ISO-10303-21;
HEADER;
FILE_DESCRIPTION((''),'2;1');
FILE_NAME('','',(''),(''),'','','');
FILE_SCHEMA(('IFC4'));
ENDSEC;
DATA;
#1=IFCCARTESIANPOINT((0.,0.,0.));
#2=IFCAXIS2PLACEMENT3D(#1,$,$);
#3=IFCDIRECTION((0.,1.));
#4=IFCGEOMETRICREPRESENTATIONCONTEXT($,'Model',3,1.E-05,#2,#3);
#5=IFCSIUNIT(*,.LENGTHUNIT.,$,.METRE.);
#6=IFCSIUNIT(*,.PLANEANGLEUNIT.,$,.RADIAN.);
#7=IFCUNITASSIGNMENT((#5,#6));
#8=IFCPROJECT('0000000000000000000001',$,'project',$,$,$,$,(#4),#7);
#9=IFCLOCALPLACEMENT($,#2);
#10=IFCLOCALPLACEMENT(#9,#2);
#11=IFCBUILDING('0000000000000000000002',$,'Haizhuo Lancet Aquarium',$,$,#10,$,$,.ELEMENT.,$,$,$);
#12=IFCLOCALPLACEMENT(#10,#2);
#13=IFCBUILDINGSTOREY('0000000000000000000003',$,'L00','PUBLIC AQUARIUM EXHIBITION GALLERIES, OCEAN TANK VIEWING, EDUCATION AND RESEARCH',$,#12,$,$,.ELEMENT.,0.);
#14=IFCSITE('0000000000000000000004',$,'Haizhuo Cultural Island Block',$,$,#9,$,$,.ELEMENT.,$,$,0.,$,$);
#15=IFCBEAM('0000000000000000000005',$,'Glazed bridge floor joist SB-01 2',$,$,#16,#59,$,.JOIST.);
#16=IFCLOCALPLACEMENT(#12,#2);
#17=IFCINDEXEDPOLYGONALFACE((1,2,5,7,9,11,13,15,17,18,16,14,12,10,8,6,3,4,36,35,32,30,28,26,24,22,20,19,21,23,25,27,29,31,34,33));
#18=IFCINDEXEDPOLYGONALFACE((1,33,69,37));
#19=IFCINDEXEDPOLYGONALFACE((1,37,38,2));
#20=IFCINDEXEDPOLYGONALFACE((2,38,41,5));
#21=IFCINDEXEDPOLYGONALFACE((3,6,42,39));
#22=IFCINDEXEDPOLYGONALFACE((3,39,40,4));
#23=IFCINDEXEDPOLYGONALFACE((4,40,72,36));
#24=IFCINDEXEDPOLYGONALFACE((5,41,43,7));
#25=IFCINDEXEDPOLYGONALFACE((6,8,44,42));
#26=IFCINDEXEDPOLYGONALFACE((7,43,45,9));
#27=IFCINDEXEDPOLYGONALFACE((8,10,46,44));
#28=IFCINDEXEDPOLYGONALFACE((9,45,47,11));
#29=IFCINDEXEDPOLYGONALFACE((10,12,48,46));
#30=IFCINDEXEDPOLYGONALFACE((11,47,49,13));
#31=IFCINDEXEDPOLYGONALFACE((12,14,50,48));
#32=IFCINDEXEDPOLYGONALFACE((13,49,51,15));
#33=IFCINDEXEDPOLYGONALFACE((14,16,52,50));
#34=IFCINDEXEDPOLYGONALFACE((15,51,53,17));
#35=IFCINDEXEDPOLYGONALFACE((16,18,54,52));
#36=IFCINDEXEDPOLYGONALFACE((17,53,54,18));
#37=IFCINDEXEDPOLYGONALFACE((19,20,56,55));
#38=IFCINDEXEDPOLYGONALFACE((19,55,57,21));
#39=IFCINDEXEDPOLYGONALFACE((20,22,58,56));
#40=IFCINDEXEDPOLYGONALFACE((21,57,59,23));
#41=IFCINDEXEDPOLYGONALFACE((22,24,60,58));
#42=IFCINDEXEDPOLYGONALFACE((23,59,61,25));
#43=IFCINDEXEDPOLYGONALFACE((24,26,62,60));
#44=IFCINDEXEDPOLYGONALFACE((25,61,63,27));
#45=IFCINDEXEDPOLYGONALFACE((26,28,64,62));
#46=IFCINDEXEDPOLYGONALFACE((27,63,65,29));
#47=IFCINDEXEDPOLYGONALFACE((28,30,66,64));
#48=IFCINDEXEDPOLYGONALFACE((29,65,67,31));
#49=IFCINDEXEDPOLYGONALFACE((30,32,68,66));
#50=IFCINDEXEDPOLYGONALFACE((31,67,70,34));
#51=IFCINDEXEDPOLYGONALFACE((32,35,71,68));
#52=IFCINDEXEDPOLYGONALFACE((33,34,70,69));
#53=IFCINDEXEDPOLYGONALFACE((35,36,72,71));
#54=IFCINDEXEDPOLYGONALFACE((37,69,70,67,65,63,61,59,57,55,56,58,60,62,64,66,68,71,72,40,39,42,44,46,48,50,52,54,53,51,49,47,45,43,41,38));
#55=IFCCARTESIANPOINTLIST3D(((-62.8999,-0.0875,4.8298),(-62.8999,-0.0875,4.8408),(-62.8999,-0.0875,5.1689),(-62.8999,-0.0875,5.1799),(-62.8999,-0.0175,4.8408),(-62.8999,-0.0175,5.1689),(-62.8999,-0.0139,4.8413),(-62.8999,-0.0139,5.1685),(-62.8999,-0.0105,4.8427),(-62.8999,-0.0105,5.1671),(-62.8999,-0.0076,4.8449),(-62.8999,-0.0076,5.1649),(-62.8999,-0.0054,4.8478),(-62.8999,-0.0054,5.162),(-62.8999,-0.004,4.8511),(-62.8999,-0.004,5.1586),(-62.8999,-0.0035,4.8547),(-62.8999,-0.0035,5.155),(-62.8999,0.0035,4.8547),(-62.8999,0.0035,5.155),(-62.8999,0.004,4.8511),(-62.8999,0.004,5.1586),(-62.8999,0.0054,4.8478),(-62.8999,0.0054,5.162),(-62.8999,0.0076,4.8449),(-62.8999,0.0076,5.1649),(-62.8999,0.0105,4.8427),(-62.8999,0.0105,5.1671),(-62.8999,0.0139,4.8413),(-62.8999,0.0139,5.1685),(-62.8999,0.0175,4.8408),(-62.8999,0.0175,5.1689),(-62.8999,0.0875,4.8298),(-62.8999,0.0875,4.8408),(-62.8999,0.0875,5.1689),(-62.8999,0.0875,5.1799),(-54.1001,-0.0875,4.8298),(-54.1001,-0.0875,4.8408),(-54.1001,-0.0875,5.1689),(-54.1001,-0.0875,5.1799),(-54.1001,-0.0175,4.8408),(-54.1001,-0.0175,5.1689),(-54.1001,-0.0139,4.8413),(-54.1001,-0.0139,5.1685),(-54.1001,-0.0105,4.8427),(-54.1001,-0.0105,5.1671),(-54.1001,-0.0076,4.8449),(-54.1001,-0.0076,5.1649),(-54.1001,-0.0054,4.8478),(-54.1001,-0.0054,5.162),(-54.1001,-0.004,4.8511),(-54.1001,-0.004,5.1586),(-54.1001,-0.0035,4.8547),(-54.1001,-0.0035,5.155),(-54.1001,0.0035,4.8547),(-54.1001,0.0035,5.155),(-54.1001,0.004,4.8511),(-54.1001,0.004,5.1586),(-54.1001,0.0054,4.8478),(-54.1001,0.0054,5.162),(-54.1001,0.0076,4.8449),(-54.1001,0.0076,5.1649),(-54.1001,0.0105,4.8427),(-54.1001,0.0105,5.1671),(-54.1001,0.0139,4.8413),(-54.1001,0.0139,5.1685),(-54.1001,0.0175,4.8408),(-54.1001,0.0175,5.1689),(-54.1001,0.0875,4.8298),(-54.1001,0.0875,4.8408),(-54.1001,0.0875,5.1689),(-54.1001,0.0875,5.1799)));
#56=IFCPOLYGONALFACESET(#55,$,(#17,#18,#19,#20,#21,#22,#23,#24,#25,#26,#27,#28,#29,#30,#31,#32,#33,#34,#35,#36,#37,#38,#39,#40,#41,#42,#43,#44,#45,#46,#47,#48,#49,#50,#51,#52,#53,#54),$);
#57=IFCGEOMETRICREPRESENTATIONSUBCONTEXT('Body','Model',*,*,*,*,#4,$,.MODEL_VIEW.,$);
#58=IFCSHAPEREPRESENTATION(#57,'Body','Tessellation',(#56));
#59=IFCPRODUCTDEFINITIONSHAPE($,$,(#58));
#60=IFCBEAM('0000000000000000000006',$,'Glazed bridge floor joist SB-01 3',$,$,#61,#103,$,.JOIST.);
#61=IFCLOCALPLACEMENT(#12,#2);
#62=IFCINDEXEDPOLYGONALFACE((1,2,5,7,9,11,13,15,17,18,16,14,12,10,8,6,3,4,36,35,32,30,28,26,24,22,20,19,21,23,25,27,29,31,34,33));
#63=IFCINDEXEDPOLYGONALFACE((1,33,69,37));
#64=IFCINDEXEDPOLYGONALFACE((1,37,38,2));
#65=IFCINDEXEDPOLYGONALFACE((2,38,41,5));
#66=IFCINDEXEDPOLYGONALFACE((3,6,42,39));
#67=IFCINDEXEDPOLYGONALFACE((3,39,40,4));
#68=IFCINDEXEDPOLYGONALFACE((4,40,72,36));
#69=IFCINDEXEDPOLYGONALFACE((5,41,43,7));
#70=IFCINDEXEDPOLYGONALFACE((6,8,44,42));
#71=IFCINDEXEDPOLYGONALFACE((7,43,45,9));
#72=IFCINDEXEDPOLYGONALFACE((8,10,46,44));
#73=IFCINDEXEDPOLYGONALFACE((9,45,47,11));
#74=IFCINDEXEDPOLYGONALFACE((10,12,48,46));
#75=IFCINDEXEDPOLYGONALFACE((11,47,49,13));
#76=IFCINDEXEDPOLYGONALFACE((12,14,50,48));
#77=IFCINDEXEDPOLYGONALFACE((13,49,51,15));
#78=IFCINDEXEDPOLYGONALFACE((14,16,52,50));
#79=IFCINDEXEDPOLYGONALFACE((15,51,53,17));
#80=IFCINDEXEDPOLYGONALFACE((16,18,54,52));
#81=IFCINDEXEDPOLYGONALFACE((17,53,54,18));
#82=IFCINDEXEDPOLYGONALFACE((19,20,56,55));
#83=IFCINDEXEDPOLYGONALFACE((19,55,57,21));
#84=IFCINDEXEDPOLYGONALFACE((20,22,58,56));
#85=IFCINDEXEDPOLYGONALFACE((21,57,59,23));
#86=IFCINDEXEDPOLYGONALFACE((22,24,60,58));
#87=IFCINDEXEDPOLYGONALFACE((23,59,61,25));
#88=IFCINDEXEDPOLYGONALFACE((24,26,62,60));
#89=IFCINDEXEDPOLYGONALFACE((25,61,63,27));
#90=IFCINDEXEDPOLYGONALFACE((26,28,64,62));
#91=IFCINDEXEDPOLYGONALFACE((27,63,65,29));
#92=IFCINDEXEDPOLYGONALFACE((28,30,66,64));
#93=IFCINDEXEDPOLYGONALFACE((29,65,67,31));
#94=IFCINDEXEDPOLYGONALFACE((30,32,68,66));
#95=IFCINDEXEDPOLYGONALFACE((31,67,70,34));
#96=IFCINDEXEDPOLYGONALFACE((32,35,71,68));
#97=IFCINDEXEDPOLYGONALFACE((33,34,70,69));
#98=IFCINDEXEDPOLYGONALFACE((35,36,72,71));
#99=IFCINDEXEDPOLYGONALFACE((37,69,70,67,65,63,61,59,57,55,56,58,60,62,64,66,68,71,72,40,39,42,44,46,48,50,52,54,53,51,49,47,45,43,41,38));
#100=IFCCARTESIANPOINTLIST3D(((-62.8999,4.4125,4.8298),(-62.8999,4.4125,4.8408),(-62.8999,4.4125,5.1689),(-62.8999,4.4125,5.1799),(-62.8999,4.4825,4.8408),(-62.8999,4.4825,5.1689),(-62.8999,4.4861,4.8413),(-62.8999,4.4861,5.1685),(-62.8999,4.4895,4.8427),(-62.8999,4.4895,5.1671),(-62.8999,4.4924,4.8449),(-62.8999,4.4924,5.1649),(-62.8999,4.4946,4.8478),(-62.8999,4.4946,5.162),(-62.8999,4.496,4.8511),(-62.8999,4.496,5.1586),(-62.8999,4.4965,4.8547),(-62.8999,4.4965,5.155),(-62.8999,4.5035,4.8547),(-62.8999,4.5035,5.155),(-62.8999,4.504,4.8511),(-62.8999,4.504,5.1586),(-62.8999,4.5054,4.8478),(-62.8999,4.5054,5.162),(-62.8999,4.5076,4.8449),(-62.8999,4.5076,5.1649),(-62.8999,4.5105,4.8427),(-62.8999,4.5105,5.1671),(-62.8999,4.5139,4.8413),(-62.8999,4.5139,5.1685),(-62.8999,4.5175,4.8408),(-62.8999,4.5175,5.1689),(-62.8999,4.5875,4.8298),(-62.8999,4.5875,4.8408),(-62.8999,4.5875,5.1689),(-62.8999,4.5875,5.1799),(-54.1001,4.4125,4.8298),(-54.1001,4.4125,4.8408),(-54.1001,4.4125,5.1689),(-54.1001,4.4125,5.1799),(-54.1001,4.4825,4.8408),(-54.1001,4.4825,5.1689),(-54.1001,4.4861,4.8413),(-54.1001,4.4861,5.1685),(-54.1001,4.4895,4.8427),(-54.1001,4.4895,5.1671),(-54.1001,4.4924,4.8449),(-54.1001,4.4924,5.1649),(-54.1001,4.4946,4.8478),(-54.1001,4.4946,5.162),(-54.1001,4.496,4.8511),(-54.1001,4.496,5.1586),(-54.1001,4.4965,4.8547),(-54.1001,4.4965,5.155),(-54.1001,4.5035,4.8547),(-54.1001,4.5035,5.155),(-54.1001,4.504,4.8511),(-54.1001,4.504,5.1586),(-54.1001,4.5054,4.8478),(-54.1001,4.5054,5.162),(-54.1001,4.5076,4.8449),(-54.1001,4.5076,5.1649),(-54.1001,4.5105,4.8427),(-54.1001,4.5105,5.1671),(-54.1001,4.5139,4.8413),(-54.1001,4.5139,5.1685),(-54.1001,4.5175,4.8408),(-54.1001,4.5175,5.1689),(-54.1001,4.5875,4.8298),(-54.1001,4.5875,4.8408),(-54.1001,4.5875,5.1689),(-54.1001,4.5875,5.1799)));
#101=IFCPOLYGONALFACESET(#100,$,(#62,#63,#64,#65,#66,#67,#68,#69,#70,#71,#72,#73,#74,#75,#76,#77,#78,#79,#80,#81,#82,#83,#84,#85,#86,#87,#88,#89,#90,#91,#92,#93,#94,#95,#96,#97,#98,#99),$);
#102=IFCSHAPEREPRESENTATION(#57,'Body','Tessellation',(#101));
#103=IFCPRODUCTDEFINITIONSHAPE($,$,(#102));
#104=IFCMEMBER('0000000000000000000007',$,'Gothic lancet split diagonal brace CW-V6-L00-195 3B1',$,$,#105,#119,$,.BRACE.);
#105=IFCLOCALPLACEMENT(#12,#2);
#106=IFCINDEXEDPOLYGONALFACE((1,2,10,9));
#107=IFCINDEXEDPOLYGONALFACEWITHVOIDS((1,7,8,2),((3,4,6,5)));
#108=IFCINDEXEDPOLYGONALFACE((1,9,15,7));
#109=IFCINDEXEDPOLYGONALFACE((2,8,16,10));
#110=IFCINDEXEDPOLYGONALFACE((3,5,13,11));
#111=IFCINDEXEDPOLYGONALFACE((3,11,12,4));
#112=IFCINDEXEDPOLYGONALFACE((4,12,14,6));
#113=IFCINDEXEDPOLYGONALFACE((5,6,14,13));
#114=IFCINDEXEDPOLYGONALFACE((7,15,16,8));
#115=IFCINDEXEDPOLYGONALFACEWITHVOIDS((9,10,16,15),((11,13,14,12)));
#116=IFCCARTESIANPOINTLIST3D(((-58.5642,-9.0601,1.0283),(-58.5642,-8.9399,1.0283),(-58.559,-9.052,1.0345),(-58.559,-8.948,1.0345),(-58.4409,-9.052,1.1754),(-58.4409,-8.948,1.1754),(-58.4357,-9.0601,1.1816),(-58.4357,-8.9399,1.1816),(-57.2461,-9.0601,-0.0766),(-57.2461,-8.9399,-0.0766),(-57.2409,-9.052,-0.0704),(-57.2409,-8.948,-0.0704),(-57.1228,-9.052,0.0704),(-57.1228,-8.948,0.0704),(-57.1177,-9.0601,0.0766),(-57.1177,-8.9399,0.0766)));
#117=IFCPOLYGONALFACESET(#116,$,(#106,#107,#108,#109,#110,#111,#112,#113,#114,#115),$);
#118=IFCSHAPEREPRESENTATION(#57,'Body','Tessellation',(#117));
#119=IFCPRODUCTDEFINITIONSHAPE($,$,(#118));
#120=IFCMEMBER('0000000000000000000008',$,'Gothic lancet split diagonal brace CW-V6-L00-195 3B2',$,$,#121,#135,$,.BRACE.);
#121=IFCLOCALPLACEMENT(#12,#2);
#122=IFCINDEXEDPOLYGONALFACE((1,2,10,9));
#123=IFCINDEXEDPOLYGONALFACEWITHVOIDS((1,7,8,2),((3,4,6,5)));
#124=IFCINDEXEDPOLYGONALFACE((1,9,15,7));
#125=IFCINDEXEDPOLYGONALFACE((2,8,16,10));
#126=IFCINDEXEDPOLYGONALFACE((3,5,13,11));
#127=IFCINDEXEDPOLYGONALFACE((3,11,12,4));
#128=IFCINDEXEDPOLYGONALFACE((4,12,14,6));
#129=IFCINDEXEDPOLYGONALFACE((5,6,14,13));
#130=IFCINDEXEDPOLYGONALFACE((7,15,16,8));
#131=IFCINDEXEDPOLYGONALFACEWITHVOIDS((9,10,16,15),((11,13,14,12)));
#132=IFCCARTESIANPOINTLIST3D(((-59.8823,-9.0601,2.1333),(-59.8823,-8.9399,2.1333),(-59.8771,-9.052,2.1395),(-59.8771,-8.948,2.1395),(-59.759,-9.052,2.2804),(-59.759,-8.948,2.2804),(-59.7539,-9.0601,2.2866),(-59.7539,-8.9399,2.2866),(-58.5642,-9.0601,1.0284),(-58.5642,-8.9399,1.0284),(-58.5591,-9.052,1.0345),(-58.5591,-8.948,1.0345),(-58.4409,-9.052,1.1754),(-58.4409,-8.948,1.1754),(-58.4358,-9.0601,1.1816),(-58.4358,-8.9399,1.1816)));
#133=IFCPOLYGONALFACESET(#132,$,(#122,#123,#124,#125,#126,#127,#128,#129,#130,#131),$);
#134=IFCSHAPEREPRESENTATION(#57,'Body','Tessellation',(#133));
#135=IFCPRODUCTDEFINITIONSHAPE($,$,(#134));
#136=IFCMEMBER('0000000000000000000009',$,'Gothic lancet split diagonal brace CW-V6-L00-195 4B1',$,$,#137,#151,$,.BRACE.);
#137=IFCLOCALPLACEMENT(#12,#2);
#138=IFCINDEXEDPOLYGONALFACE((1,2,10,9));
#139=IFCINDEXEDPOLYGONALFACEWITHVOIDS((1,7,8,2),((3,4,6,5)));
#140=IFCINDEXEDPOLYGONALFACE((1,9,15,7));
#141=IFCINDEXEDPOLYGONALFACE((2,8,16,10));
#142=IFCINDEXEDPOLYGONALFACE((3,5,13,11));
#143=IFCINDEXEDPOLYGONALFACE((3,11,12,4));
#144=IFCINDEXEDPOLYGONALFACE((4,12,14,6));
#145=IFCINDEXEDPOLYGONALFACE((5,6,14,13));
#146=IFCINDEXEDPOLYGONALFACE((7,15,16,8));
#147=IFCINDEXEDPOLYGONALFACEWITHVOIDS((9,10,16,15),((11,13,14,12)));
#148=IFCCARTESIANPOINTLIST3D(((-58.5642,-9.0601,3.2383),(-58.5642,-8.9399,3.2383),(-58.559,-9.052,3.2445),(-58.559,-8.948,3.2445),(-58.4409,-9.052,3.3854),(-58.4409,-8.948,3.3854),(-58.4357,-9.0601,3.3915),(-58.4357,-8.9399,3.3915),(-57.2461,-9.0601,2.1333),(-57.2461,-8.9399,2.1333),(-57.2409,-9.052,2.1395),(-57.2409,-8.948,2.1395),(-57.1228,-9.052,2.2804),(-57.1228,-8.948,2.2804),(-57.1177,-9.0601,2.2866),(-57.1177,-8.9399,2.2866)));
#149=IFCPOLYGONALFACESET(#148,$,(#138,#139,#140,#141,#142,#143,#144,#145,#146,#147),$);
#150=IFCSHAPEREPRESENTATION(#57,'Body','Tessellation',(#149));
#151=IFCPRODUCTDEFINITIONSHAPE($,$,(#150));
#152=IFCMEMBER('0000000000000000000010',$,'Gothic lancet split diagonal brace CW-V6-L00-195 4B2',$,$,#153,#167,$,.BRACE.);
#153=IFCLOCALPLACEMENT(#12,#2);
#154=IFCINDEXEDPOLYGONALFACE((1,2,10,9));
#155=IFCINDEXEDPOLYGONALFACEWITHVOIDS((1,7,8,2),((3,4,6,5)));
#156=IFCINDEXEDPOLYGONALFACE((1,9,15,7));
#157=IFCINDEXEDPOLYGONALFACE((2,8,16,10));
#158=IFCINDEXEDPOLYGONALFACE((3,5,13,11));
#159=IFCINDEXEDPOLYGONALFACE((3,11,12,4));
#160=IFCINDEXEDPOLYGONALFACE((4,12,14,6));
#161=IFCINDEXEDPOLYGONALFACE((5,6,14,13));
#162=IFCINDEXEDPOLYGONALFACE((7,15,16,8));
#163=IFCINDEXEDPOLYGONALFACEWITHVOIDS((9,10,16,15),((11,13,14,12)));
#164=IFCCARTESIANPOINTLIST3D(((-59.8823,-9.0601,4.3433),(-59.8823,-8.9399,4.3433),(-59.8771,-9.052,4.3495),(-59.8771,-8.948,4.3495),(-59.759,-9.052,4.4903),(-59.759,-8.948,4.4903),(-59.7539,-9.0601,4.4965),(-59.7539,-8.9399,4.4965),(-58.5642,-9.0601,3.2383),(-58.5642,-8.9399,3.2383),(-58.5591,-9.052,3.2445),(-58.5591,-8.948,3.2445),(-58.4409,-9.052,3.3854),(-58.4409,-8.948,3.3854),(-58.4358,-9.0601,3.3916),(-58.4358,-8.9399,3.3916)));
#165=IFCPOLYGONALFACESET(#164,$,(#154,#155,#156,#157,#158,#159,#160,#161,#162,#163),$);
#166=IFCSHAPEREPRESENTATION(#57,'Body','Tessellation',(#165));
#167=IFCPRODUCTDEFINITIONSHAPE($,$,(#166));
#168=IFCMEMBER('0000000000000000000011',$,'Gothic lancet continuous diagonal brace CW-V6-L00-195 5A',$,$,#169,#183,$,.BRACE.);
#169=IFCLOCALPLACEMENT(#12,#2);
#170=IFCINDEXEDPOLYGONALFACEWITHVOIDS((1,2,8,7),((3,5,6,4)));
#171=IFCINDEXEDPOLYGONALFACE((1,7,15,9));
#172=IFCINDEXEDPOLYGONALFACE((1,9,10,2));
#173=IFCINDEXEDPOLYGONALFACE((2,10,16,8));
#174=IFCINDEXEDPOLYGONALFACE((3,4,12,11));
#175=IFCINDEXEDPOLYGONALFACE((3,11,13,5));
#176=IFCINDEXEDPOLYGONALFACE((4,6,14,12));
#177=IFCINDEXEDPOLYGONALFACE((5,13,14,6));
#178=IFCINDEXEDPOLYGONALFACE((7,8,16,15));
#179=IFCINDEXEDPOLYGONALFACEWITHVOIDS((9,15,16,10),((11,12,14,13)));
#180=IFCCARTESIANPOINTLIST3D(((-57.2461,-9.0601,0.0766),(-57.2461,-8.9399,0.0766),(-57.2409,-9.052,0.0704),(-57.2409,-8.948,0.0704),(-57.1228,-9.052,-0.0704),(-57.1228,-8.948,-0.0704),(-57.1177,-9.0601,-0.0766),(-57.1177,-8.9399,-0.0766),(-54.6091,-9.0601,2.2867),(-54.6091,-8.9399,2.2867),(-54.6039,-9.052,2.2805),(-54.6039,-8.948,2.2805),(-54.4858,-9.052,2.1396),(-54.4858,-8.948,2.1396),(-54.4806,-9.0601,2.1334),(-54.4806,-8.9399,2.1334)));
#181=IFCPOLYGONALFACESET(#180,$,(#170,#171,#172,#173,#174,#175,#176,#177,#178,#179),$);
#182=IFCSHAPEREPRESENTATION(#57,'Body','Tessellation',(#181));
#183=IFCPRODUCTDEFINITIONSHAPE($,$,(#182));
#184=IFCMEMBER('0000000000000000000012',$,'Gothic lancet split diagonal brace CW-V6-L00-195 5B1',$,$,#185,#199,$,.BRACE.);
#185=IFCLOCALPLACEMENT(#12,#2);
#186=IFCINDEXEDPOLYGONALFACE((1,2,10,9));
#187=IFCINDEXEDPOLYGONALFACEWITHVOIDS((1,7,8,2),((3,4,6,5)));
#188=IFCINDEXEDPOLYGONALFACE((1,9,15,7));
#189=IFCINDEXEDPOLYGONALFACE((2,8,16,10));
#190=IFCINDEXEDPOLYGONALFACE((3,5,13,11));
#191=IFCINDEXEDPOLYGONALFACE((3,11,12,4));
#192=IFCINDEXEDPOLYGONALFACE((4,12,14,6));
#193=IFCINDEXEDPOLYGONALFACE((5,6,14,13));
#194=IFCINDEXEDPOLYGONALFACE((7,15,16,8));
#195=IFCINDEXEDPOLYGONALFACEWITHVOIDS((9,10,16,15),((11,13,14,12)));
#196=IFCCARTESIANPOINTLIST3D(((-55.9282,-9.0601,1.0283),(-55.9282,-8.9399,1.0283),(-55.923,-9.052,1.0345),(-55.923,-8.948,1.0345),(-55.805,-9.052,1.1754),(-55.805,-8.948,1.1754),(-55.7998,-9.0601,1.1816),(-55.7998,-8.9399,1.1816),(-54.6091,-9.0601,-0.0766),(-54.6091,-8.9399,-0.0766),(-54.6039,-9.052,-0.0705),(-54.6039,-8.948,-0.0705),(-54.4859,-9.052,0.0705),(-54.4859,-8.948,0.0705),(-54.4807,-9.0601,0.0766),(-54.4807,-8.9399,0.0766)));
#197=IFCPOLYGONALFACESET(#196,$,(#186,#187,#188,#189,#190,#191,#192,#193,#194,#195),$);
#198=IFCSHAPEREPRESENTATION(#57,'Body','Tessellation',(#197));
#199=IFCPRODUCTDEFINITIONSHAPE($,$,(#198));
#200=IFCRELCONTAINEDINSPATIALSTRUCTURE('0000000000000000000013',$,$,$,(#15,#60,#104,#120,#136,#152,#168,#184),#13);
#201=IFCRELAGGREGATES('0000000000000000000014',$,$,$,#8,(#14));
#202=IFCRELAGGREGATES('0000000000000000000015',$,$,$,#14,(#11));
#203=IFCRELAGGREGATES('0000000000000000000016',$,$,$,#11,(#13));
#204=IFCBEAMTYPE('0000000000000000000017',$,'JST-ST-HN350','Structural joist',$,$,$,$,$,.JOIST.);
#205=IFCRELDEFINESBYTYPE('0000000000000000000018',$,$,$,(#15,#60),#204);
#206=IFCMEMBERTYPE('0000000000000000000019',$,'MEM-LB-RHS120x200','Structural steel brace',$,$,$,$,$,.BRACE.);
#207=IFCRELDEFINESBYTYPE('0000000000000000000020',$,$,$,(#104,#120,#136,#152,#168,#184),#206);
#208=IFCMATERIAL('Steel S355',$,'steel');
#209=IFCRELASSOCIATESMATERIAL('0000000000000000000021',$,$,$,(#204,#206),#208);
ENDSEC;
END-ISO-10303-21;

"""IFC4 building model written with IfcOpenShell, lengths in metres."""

from ifc_helpers import new_model, si_unit, direction, frame, origin, origin_2d, place, context, subcontext, project, spatial, hollow_rectangle, i_section, extrude, material, material_profile, profile_set, type_object, element, save


model = new_model("IFC4")

# Units and contexts
model_context = context("Model", 3, precision=1e-05, world=origin(), true_north=direction((0.0, 1.0)))
body_context = subcontext(model_context, "Body", "Model", "MODEL_VIEW")
ifc_project = project(units=[si_unit("LENGTHUNIT", "METRE"), si_unit("PLANEANGLEUNIT", "RADIAN")], contexts=[model_context])

# Site, building, storey
site_placement = place(None, origin())
site = spatial("IfcSite", under=ifc_project, at=site_placement, Name="Haizhuo Cultural Island Block", CompositionType="ELEMENT", RefElevation=0.0)
building_placement = place(site_placement, origin())
building = spatial("IfcBuilding", under=site, at=building_placement, Name="Haizhuo Lancet Aquarium", CompositionType="ELEMENT")
storey_placement = place(building_placement, origin())
storey = spatial("IfcBuildingStorey", under=building, at=storey_placement, Name="L00", Description="PUBLIC AQUARIUM EXHIBITION GALLERIES, OCEAN TANK VIEWING, EDUCATION AND RESEARCH", CompositionType="ELEMENT", Elevation=0.0)

# Shared definitions
ifc_material_1 = material(Name="Steel S355", Category="steel")

# Beams
ifc_material_profile_1 = material_profile(ifc_material_1, i_section(OverallWidth=0.175, OverallDepth=0.3501, WebThickness=0.0071, FlangeThickness=0.011, FilletRadius=0.0139, at=origin_2d()), Name="HN 350x175x7x11")
ifc_profile_set_1 = profile_set([ifc_material_profile_1], Name="Steel S355")
beam_type_1 = type_object("IfcBeamType", Name="JST-ST-HN350", Description="Structural joist", PredefinedType="JOIST", material=ifc_profile_set_1)
for number, where, z_axis, x_axis, name in (
    (1, (-62.8999, 0.0, 5.0049), (1.0, 0.0, 0.0), (0.0, 1.0, 0.0), "Glazed bridge floor joist SB-01 2"),
    (2, (-62.8999, 4.5, 5.0049), (1.0, 0.0, 0.0), (0.0, 1.0, 0.0), "Glazed bridge floor joist SB-01 3"),
):
    element("IfcBeam", number, at=place(storey_placement, frame(where, z_axis=z_axis, x_axis=x_axis)), inside=storey, type_object=beam_type_1, Name=name, PredefinedType="JOIST", context=body_context, shape_type="SweptSolid", body=[
        extrude(i_section(OverallWidth=0.175, OverallDepth=0.3501, WebThickness=0.0071, FlangeThickness=0.011, FilletRadius=0.0139, at=origin_2d()), origin(), (0.0, 0.0, 1.0), 8.7998),
    ])

# Members
ifc_material_profile_2 = material_profile(ifc_material_1, hollow_rectangle(XDim=0.1201, YDim=0.2, WallThickness=0.0081, at=origin_2d()), Name="RHS 120x200x8")
ifc_profile_set_2 = profile_set([ifc_material_profile_2], Name="Steel S355")
member_type_1 = type_object("IfcMemberType", Name="MEM-LB-RHS120x200", Description="Structural steel brace", PredefinedType="BRACE", material=ifc_profile_set_2)
for number, where, z_axis, x_axis, name in (
    (3, (-57.1819, -9.0, 0.0), (-0.766345, 0.0, 0.642429), (0.0, -1.0, 0.0), "Gothic lancet split diagonal brace CW-V6-L00-195 3B1"),
    (4, (-58.5, -9.0, 1.105), (-0.766345, 0.0, 0.642429), (0.0, -1.0, 0.0), "Gothic lancet split diagonal brace CW-V6-L00-195 3B2"),
    (5, (-57.1819, -9.0, 2.21), (-0.766345, 0.0, 0.642429), (0.0, -1.0, 0.0), "Gothic lancet split diagonal brace CW-V6-L00-195 4B1"),
    (6, (-58.5, -9.0, 3.3149), (-0.766345, 0.0, 0.642429), (0.0, -1.0, 0.0), "Gothic lancet split diagonal brace CW-V6-L00-195 4B2"),
):
    element("IfcMember", number, at=place(storey_placement, frame(where, z_axis=z_axis, x_axis=x_axis)), inside=storey, type_object=member_type_1, Name=name, PredefinedType="BRACE", context=body_context, shape_type="SweptSolid", body=[
        extrude(hollow_rectangle(XDim=0.1201, YDim=0.2, WallThickness=0.0081, at=origin_2d()), origin(), (0.0, 0.0, 1.0), 1.72),
    ])
member_1_placement = place(storey_placement, frame((-57.1819, -9.0, 0.0), z_axis=(0.766433, 0.0, 0.642325), x_axis=(0.0, 1.0, 0.0)))
element("IfcMember", 7, at=member_1_placement, inside=storey, type_object=member_type_1, Name="Gothic lancet continuous diagonal brace CW-V6-L00-195 5A", PredefinedType="BRACE", context=body_context, shape_type="SweptSolid", body=[
    extrude(hollow_rectangle(XDim=0.1201, YDim=0.2, WallThickness=0.0081, at=origin_2d()), origin(), (0.0, 0.0, 1.0), 3.4407),
])
member_2_placement = place(storey_placement, frame((-54.5449, -9.0, 0.0), z_axis=(-0.766579, 0.0, 0.64215), x_axis=(0.0, -1.0, 0.0)))
element("IfcMember", 8, at=member_2_placement, inside=storey, type_object=member_type_1, Name="Gothic lancet split diagonal brace CW-V6-L00-195 5B1", PredefinedType="BRACE", context=body_context, shape_type="SweptSolid", body=[
    extrude(hollow_rectangle(XDim=0.1201, YDim=0.2, WallThickness=0.0081, at=origin_2d()), origin(), (0.0, 0.0, 1.0), 1.7207),
])

save(model, "model.ifc")
